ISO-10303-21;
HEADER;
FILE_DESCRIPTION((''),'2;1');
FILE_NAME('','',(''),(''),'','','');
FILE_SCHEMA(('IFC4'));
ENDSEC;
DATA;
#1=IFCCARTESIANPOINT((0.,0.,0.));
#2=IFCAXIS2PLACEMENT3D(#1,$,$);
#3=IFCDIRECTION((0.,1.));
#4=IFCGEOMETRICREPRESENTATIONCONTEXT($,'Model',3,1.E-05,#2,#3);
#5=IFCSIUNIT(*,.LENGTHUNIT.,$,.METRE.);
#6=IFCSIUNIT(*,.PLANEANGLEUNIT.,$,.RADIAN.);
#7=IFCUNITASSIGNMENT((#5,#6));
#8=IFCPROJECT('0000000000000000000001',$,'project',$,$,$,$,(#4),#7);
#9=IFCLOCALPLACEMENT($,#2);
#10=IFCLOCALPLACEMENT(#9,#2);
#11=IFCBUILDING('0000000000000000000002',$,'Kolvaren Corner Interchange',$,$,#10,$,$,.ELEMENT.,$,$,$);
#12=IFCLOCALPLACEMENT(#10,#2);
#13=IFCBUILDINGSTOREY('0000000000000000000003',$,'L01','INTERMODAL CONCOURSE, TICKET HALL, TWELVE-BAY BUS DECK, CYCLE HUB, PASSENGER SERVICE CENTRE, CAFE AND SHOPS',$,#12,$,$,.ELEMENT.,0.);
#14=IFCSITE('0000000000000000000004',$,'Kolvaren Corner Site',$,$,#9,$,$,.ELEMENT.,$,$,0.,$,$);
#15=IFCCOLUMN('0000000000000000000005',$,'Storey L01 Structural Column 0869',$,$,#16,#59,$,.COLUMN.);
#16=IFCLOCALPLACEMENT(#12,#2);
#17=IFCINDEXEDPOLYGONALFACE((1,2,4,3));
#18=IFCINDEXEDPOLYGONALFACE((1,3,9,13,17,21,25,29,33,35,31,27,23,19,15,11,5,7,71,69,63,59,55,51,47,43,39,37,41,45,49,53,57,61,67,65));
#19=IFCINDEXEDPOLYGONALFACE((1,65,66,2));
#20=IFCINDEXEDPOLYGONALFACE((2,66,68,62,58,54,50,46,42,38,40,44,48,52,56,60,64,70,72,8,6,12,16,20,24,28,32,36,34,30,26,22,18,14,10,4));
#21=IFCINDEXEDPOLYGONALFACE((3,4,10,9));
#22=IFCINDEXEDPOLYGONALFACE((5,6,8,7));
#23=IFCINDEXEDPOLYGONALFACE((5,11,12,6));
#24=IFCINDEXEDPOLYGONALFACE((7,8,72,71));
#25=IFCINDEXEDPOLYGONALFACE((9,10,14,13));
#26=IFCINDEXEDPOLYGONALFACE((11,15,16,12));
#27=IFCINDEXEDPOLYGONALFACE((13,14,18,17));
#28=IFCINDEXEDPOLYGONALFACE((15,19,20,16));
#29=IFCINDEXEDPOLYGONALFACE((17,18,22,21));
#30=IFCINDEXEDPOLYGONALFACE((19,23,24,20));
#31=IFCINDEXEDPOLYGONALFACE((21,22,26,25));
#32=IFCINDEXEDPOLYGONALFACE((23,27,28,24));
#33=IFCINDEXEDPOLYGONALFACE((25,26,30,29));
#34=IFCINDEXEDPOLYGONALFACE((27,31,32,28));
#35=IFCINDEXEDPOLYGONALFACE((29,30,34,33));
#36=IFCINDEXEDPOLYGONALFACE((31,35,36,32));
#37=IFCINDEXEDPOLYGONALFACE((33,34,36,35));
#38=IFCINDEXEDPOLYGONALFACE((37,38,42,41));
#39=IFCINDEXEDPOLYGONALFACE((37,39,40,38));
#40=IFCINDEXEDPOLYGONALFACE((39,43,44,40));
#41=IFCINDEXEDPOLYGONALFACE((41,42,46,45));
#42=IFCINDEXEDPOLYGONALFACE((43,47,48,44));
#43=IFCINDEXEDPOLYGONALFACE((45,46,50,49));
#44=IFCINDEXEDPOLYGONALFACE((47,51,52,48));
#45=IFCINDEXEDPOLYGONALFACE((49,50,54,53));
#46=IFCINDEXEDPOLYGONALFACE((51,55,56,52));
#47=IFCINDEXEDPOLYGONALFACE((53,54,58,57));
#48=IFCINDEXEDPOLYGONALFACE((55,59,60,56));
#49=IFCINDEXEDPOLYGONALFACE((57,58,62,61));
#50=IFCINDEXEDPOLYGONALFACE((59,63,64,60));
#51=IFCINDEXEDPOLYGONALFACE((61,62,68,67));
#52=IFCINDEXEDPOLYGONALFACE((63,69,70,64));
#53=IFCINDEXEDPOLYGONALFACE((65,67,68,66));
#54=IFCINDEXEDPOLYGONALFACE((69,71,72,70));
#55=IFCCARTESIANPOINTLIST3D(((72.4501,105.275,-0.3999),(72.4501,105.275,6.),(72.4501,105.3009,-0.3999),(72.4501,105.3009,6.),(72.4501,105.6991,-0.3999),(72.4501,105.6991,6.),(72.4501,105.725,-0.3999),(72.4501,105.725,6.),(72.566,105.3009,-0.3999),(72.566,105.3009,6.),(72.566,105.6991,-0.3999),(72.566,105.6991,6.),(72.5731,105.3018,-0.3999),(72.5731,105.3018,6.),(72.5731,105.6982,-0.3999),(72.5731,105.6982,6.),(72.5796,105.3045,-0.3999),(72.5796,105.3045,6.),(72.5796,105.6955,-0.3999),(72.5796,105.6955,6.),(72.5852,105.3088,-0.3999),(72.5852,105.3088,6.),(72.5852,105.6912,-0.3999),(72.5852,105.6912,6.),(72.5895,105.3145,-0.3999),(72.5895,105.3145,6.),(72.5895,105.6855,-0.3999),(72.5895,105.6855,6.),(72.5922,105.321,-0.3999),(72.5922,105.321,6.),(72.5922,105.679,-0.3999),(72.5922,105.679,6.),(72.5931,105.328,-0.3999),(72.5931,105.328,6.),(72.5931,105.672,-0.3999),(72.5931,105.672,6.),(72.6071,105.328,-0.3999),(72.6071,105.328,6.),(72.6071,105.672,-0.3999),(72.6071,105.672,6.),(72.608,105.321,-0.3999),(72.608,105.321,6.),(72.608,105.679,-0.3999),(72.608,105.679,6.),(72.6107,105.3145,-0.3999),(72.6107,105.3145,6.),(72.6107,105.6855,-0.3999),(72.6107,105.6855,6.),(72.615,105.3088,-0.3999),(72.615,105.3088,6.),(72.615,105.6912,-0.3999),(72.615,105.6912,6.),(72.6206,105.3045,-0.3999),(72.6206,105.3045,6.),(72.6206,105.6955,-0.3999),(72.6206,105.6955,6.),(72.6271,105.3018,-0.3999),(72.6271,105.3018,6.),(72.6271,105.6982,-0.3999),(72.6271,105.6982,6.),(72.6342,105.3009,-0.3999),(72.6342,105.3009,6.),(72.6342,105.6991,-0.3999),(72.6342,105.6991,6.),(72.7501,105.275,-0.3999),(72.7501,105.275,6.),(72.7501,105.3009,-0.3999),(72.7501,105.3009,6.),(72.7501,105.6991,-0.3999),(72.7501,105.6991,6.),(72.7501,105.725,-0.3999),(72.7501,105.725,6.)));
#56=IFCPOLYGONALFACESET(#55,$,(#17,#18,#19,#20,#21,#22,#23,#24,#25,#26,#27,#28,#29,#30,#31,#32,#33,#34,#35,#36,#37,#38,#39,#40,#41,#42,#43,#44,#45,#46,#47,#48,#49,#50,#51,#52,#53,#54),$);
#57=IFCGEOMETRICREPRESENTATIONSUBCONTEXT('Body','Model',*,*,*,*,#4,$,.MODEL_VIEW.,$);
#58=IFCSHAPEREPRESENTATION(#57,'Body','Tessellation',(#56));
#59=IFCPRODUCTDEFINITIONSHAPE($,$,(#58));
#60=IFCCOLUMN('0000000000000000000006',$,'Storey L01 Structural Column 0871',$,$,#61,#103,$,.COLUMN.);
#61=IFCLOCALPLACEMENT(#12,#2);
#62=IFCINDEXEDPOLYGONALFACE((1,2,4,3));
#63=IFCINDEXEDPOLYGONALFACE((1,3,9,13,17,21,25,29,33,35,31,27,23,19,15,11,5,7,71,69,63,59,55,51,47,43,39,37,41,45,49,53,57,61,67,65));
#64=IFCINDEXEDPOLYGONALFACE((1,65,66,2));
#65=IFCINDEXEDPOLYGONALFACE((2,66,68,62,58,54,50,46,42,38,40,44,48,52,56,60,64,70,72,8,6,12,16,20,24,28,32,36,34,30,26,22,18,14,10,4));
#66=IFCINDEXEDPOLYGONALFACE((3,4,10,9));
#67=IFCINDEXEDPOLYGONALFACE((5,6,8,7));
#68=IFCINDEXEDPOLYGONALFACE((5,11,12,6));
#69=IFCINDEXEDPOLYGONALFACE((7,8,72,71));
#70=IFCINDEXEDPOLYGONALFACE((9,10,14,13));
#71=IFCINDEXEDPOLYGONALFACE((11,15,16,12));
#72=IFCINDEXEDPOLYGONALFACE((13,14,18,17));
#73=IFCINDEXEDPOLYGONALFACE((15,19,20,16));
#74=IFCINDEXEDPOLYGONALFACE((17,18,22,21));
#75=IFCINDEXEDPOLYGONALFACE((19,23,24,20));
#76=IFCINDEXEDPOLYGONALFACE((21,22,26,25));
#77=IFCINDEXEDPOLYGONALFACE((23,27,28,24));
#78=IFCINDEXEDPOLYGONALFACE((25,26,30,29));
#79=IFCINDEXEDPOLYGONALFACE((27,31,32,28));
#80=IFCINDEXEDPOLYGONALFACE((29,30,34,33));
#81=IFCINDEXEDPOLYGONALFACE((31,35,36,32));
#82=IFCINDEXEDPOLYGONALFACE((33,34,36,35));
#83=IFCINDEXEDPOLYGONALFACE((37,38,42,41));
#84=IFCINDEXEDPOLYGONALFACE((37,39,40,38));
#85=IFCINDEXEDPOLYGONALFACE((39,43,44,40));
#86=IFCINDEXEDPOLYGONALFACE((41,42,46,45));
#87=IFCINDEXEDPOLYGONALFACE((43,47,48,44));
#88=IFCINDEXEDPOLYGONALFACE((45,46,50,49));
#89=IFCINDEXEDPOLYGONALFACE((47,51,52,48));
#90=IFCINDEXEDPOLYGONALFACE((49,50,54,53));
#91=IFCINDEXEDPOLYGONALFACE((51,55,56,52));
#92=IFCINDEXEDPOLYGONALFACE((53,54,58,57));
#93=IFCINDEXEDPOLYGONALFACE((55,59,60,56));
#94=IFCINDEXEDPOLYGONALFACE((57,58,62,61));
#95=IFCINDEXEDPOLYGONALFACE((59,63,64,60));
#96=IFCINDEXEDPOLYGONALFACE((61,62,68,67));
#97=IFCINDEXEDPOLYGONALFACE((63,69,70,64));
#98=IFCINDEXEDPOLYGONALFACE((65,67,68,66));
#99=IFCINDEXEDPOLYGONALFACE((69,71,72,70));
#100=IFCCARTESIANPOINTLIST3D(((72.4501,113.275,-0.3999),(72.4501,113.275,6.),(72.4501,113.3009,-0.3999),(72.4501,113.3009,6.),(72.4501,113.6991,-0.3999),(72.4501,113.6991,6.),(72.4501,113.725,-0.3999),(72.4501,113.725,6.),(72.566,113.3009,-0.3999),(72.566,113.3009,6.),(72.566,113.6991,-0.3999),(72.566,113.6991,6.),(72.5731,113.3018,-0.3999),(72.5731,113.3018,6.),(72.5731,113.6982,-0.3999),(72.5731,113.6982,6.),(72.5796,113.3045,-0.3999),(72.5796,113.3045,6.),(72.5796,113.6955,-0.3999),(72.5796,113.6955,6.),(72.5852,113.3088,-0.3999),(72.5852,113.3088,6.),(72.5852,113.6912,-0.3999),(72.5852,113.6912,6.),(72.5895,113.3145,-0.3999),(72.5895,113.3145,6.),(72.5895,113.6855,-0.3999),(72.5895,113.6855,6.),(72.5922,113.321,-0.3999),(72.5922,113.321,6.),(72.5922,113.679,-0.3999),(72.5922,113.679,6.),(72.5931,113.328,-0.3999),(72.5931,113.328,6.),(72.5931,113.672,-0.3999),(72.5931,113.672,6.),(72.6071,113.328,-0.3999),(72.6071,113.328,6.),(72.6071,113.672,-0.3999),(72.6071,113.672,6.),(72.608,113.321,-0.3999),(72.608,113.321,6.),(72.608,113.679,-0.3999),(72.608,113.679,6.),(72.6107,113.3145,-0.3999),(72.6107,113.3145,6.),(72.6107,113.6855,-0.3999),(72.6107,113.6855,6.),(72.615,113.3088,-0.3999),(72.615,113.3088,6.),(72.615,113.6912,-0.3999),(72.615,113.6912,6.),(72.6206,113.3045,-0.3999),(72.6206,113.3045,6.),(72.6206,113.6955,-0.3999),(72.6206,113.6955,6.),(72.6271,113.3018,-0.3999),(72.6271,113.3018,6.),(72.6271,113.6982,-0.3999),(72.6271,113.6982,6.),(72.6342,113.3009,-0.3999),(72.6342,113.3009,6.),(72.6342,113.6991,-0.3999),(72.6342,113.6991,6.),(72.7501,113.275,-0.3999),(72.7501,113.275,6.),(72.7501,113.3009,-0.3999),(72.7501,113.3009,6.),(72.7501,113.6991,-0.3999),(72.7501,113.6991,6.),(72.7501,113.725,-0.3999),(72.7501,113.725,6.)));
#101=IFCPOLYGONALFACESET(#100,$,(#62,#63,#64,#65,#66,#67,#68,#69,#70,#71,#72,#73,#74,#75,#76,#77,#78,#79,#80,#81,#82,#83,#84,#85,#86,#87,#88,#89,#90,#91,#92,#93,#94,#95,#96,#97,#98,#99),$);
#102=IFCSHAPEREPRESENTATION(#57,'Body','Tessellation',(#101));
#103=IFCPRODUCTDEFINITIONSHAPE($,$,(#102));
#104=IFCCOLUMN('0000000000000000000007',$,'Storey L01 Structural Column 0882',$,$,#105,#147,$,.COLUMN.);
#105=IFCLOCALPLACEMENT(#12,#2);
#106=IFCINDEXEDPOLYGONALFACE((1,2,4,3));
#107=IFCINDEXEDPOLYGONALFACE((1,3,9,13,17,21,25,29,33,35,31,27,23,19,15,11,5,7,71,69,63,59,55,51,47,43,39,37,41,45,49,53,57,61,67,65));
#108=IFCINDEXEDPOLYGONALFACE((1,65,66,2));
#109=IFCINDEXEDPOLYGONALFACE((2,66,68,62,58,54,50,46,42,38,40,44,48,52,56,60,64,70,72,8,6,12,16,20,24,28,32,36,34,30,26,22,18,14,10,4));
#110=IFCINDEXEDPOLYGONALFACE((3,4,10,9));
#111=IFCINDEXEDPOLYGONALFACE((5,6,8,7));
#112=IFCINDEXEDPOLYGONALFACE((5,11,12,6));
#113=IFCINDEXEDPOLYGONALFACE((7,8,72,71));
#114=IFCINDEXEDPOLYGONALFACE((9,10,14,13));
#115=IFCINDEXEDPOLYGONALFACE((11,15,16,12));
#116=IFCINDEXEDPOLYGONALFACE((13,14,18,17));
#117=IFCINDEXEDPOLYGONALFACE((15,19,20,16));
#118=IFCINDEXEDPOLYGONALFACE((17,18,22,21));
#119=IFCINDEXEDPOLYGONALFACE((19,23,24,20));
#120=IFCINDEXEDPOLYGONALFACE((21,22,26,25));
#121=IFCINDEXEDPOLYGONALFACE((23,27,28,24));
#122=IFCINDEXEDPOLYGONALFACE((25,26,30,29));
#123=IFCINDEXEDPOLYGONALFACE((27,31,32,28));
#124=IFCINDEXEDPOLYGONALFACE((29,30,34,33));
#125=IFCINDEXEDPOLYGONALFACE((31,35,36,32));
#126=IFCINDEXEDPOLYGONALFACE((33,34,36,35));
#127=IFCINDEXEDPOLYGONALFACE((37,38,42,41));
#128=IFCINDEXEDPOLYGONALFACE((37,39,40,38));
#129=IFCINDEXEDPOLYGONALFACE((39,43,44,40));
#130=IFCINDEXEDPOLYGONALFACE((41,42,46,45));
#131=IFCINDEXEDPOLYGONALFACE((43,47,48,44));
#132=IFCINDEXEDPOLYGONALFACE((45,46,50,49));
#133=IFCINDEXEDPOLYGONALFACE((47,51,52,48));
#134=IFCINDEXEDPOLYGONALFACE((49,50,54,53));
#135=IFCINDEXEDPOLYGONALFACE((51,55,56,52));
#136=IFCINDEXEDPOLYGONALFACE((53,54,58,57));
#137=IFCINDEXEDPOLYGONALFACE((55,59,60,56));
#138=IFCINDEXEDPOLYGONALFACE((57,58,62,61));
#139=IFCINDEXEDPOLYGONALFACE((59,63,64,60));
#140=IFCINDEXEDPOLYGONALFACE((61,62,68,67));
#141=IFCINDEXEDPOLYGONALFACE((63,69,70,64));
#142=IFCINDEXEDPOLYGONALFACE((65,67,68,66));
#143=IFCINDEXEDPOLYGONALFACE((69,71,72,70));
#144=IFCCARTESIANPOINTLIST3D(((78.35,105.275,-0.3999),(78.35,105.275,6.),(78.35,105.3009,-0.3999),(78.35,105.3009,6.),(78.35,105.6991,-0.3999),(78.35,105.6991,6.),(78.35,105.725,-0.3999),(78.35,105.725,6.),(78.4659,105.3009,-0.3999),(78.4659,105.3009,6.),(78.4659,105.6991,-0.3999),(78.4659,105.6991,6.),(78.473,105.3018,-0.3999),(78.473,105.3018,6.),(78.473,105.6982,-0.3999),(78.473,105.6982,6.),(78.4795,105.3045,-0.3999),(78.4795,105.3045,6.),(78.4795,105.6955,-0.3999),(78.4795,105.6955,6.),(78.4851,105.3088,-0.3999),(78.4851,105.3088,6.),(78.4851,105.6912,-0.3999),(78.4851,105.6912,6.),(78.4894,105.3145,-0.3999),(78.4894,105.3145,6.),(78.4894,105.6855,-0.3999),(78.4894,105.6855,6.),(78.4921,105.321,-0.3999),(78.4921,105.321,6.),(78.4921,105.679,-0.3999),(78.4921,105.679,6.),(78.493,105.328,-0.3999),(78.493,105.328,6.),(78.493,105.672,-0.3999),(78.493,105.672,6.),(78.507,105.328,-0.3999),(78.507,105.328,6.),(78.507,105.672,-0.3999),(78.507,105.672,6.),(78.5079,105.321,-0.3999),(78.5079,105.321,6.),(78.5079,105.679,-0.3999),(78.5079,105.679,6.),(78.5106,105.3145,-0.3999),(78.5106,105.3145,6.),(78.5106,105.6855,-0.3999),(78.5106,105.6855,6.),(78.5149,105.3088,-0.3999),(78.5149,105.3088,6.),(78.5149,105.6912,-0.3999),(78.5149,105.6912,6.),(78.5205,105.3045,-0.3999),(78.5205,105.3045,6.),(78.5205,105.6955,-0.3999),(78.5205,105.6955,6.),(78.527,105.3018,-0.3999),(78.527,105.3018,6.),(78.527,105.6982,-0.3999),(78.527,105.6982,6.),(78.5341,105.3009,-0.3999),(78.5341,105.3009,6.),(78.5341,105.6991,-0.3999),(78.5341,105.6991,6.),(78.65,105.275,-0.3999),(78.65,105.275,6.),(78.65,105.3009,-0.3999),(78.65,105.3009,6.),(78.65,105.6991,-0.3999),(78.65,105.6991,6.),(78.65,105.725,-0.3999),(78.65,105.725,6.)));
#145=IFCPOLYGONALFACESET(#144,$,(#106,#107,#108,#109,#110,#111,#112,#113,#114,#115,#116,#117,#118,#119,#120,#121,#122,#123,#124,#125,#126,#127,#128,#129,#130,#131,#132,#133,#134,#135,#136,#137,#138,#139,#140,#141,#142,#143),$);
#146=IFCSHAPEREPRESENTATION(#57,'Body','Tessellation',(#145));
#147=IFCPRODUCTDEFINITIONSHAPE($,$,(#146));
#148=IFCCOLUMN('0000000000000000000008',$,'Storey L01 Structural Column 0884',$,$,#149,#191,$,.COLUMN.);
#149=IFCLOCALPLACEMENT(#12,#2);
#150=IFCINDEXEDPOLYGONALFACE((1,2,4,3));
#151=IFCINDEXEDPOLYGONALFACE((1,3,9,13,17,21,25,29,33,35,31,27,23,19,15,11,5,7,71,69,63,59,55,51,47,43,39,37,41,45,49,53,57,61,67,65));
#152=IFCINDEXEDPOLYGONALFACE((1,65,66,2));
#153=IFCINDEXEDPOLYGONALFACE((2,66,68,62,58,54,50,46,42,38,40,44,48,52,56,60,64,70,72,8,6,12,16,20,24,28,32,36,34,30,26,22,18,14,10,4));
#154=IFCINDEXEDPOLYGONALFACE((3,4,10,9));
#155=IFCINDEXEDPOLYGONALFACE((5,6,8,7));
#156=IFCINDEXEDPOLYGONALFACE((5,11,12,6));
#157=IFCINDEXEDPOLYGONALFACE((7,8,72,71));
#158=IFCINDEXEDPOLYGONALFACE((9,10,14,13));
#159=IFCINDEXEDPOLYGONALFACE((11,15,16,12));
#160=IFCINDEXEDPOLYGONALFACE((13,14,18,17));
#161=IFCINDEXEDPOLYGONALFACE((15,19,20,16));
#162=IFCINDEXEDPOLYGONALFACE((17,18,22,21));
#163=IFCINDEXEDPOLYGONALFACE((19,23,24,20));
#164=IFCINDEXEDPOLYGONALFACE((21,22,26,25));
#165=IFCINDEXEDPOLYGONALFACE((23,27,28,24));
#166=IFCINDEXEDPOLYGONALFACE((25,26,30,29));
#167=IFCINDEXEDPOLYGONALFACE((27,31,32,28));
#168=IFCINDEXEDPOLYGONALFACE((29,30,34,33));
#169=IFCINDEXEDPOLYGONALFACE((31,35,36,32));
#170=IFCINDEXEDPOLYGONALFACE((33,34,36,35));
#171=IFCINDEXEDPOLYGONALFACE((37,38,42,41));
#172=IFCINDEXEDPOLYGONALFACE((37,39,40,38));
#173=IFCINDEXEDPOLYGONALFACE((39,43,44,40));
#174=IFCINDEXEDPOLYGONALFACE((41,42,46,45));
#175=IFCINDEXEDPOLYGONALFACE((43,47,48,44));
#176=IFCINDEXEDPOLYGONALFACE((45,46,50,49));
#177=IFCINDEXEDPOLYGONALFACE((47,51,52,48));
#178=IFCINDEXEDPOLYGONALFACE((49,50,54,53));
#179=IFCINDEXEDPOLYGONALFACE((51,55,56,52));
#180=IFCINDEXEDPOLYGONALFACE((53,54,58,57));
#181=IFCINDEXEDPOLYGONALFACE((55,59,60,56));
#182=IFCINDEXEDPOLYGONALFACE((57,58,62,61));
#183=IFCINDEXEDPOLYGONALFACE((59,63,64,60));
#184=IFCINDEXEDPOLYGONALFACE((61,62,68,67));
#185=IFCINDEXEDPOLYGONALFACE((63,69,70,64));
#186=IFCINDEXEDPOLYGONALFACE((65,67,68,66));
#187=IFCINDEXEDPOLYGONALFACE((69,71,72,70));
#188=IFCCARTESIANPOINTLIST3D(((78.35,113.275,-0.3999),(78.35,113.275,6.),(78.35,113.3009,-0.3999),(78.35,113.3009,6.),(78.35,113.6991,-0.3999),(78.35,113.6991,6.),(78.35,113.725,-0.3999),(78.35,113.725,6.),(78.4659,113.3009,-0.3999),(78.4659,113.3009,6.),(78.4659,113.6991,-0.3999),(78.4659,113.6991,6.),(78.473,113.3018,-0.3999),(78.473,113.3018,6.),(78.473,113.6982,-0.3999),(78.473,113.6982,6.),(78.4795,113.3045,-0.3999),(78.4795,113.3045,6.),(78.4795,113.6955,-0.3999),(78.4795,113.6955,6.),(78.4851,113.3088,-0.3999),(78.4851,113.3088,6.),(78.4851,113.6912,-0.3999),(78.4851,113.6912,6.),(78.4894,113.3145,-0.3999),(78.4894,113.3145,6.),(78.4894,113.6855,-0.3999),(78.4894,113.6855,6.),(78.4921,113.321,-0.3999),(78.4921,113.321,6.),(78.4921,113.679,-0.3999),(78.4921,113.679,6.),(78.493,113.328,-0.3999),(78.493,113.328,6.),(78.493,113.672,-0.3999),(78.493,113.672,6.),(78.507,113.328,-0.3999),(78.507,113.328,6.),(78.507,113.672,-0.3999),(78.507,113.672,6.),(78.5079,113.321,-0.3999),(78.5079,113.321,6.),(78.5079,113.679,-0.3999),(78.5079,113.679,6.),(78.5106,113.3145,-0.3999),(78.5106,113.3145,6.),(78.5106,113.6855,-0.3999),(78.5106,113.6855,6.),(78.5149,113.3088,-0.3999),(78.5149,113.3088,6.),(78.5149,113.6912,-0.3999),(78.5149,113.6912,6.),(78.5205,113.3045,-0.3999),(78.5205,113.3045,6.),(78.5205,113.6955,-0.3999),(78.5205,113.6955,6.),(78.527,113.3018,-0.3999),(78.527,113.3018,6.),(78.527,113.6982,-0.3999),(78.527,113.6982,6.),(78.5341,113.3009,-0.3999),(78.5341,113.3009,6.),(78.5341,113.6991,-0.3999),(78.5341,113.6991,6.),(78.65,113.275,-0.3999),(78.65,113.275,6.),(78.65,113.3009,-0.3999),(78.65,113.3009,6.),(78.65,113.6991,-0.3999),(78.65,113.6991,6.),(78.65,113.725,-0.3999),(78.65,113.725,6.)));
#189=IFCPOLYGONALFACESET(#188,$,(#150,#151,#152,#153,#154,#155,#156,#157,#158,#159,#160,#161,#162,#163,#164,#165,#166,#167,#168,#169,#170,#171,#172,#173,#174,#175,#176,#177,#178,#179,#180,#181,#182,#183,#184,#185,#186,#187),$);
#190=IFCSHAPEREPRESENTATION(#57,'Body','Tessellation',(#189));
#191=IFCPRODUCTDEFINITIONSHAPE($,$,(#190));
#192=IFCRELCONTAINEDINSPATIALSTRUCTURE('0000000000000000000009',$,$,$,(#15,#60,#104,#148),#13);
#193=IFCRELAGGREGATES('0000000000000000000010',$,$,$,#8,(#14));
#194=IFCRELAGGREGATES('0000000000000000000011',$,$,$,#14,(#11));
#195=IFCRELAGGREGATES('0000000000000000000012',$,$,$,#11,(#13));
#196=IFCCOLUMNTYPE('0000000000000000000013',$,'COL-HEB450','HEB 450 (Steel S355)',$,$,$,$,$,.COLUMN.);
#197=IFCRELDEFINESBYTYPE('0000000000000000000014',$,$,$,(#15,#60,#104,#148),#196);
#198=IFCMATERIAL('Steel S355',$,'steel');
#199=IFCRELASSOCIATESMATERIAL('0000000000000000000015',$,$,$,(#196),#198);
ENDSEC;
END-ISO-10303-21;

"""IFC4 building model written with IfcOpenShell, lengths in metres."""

from ifc_helpers import new_model, si_unit, direction, frame, origin, origin_2d, place, context, subcontext, project, spatial, i_section, extrude, material, material_profile, profile_set, type_object, element, save


model = new_model("IFC4")

# Units and contexts
model_context = context("Model", 3, precision=1e-05, world=origin(), true_north=direction((0.0, 1.0)))
body_context = subcontext(model_context, "Body", "Model", "MODEL_VIEW")
ifc_project = project(units=[si_unit("LENGTHUNIT", "METRE"), si_unit("PLANEANGLEUNIT", "RADIAN")], contexts=[model_context])

# Site, building, storey
site_placement = place(None, origin())
site = spatial("IfcSite", under=ifc_project, at=site_placement, Name="Kolvaren Corner Site", CompositionType="ELEMENT", RefElevation=0.0)
building_placement = place(site_placement, origin())
building = spatial("IfcBuilding", under=site, at=building_placement, Name="Kolvaren Corner Interchange", CompositionType="ELEMENT")
storey_placement = place(building_placement, origin())
storey = spatial("IfcBuildingStorey", under=building, at=storey_placement, Name="L01", Description="INTERMODAL CONCOURSE, TICKET HALL, TWELVE-BAY BUS DECK, CYCLE HUB, PASSENGER SERVICE CENTRE, CAFE AND SHOPS", CompositionType="ELEMENT", Elevation=0.0)

# Columns
ifc_material_1 = material(Name="Steel S355", Category="steel")
ifc_material_profile_1 = material_profile(ifc_material_1, i_section(OverallWidth=0.3, OverallDepth=0.45, WebThickness=0.0139, FlangeThickness=0.0259, FilletRadius=0.0271, at=origin_2d()), Name="HEB 450")
ifc_profile_set_1 = profile_set([ifc_material_profile_1], Name="Steel S355")
column_type = type_object("IfcColumnType", Name="COL-HEB450", Description="HEB 450 (Steel S355)", PredefinedType="COLUMN", material=ifc_profile_set_1)
for number, where, z_axis, x_axis, name in (
    (1, (72.6001, 105.5, -0.3999), (0.0, 0.0, 1.0), (1.0, 0.0, 0.0), "Storey L01 Structural Column 0869"),
    (2, (72.6001, 113.5, -0.3999), (0.0, 0.0, 1.0), (1.0, 0.0, 0.0), "Storey L01 Structural Column 0871"),
    (3, (78.5, 105.5, -0.3999), (0.0, 0.0, 1.0), (1.0, 0.0, 0.0), "Storey L01 Structural Column 0882"),
    (4, (78.5, 113.5, -0.3999), (0.0, 0.0, 1.0), (1.0, 0.0, 0.0), "Storey L01 Structural Column 0884"),
):
    element("IfcColumn", number, at=place(storey_placement, frame(where, z_axis=z_axis, x_axis=x_axis)), inside=storey, type_object=column_type, Name=name, PredefinedType="COLUMN", context=body_context, shape_type="SweptSolid", body=[
        extrude(i_section(OverallWidth=0.3, OverallDepth=0.45, WebThickness=0.0139, FlangeThickness=0.0259, FilletRadius=0.0271, at=origin_2d()), origin(), (0.0, 0.0, 1.0), 6.3999),
    ])

save(model, "model.ifc")
